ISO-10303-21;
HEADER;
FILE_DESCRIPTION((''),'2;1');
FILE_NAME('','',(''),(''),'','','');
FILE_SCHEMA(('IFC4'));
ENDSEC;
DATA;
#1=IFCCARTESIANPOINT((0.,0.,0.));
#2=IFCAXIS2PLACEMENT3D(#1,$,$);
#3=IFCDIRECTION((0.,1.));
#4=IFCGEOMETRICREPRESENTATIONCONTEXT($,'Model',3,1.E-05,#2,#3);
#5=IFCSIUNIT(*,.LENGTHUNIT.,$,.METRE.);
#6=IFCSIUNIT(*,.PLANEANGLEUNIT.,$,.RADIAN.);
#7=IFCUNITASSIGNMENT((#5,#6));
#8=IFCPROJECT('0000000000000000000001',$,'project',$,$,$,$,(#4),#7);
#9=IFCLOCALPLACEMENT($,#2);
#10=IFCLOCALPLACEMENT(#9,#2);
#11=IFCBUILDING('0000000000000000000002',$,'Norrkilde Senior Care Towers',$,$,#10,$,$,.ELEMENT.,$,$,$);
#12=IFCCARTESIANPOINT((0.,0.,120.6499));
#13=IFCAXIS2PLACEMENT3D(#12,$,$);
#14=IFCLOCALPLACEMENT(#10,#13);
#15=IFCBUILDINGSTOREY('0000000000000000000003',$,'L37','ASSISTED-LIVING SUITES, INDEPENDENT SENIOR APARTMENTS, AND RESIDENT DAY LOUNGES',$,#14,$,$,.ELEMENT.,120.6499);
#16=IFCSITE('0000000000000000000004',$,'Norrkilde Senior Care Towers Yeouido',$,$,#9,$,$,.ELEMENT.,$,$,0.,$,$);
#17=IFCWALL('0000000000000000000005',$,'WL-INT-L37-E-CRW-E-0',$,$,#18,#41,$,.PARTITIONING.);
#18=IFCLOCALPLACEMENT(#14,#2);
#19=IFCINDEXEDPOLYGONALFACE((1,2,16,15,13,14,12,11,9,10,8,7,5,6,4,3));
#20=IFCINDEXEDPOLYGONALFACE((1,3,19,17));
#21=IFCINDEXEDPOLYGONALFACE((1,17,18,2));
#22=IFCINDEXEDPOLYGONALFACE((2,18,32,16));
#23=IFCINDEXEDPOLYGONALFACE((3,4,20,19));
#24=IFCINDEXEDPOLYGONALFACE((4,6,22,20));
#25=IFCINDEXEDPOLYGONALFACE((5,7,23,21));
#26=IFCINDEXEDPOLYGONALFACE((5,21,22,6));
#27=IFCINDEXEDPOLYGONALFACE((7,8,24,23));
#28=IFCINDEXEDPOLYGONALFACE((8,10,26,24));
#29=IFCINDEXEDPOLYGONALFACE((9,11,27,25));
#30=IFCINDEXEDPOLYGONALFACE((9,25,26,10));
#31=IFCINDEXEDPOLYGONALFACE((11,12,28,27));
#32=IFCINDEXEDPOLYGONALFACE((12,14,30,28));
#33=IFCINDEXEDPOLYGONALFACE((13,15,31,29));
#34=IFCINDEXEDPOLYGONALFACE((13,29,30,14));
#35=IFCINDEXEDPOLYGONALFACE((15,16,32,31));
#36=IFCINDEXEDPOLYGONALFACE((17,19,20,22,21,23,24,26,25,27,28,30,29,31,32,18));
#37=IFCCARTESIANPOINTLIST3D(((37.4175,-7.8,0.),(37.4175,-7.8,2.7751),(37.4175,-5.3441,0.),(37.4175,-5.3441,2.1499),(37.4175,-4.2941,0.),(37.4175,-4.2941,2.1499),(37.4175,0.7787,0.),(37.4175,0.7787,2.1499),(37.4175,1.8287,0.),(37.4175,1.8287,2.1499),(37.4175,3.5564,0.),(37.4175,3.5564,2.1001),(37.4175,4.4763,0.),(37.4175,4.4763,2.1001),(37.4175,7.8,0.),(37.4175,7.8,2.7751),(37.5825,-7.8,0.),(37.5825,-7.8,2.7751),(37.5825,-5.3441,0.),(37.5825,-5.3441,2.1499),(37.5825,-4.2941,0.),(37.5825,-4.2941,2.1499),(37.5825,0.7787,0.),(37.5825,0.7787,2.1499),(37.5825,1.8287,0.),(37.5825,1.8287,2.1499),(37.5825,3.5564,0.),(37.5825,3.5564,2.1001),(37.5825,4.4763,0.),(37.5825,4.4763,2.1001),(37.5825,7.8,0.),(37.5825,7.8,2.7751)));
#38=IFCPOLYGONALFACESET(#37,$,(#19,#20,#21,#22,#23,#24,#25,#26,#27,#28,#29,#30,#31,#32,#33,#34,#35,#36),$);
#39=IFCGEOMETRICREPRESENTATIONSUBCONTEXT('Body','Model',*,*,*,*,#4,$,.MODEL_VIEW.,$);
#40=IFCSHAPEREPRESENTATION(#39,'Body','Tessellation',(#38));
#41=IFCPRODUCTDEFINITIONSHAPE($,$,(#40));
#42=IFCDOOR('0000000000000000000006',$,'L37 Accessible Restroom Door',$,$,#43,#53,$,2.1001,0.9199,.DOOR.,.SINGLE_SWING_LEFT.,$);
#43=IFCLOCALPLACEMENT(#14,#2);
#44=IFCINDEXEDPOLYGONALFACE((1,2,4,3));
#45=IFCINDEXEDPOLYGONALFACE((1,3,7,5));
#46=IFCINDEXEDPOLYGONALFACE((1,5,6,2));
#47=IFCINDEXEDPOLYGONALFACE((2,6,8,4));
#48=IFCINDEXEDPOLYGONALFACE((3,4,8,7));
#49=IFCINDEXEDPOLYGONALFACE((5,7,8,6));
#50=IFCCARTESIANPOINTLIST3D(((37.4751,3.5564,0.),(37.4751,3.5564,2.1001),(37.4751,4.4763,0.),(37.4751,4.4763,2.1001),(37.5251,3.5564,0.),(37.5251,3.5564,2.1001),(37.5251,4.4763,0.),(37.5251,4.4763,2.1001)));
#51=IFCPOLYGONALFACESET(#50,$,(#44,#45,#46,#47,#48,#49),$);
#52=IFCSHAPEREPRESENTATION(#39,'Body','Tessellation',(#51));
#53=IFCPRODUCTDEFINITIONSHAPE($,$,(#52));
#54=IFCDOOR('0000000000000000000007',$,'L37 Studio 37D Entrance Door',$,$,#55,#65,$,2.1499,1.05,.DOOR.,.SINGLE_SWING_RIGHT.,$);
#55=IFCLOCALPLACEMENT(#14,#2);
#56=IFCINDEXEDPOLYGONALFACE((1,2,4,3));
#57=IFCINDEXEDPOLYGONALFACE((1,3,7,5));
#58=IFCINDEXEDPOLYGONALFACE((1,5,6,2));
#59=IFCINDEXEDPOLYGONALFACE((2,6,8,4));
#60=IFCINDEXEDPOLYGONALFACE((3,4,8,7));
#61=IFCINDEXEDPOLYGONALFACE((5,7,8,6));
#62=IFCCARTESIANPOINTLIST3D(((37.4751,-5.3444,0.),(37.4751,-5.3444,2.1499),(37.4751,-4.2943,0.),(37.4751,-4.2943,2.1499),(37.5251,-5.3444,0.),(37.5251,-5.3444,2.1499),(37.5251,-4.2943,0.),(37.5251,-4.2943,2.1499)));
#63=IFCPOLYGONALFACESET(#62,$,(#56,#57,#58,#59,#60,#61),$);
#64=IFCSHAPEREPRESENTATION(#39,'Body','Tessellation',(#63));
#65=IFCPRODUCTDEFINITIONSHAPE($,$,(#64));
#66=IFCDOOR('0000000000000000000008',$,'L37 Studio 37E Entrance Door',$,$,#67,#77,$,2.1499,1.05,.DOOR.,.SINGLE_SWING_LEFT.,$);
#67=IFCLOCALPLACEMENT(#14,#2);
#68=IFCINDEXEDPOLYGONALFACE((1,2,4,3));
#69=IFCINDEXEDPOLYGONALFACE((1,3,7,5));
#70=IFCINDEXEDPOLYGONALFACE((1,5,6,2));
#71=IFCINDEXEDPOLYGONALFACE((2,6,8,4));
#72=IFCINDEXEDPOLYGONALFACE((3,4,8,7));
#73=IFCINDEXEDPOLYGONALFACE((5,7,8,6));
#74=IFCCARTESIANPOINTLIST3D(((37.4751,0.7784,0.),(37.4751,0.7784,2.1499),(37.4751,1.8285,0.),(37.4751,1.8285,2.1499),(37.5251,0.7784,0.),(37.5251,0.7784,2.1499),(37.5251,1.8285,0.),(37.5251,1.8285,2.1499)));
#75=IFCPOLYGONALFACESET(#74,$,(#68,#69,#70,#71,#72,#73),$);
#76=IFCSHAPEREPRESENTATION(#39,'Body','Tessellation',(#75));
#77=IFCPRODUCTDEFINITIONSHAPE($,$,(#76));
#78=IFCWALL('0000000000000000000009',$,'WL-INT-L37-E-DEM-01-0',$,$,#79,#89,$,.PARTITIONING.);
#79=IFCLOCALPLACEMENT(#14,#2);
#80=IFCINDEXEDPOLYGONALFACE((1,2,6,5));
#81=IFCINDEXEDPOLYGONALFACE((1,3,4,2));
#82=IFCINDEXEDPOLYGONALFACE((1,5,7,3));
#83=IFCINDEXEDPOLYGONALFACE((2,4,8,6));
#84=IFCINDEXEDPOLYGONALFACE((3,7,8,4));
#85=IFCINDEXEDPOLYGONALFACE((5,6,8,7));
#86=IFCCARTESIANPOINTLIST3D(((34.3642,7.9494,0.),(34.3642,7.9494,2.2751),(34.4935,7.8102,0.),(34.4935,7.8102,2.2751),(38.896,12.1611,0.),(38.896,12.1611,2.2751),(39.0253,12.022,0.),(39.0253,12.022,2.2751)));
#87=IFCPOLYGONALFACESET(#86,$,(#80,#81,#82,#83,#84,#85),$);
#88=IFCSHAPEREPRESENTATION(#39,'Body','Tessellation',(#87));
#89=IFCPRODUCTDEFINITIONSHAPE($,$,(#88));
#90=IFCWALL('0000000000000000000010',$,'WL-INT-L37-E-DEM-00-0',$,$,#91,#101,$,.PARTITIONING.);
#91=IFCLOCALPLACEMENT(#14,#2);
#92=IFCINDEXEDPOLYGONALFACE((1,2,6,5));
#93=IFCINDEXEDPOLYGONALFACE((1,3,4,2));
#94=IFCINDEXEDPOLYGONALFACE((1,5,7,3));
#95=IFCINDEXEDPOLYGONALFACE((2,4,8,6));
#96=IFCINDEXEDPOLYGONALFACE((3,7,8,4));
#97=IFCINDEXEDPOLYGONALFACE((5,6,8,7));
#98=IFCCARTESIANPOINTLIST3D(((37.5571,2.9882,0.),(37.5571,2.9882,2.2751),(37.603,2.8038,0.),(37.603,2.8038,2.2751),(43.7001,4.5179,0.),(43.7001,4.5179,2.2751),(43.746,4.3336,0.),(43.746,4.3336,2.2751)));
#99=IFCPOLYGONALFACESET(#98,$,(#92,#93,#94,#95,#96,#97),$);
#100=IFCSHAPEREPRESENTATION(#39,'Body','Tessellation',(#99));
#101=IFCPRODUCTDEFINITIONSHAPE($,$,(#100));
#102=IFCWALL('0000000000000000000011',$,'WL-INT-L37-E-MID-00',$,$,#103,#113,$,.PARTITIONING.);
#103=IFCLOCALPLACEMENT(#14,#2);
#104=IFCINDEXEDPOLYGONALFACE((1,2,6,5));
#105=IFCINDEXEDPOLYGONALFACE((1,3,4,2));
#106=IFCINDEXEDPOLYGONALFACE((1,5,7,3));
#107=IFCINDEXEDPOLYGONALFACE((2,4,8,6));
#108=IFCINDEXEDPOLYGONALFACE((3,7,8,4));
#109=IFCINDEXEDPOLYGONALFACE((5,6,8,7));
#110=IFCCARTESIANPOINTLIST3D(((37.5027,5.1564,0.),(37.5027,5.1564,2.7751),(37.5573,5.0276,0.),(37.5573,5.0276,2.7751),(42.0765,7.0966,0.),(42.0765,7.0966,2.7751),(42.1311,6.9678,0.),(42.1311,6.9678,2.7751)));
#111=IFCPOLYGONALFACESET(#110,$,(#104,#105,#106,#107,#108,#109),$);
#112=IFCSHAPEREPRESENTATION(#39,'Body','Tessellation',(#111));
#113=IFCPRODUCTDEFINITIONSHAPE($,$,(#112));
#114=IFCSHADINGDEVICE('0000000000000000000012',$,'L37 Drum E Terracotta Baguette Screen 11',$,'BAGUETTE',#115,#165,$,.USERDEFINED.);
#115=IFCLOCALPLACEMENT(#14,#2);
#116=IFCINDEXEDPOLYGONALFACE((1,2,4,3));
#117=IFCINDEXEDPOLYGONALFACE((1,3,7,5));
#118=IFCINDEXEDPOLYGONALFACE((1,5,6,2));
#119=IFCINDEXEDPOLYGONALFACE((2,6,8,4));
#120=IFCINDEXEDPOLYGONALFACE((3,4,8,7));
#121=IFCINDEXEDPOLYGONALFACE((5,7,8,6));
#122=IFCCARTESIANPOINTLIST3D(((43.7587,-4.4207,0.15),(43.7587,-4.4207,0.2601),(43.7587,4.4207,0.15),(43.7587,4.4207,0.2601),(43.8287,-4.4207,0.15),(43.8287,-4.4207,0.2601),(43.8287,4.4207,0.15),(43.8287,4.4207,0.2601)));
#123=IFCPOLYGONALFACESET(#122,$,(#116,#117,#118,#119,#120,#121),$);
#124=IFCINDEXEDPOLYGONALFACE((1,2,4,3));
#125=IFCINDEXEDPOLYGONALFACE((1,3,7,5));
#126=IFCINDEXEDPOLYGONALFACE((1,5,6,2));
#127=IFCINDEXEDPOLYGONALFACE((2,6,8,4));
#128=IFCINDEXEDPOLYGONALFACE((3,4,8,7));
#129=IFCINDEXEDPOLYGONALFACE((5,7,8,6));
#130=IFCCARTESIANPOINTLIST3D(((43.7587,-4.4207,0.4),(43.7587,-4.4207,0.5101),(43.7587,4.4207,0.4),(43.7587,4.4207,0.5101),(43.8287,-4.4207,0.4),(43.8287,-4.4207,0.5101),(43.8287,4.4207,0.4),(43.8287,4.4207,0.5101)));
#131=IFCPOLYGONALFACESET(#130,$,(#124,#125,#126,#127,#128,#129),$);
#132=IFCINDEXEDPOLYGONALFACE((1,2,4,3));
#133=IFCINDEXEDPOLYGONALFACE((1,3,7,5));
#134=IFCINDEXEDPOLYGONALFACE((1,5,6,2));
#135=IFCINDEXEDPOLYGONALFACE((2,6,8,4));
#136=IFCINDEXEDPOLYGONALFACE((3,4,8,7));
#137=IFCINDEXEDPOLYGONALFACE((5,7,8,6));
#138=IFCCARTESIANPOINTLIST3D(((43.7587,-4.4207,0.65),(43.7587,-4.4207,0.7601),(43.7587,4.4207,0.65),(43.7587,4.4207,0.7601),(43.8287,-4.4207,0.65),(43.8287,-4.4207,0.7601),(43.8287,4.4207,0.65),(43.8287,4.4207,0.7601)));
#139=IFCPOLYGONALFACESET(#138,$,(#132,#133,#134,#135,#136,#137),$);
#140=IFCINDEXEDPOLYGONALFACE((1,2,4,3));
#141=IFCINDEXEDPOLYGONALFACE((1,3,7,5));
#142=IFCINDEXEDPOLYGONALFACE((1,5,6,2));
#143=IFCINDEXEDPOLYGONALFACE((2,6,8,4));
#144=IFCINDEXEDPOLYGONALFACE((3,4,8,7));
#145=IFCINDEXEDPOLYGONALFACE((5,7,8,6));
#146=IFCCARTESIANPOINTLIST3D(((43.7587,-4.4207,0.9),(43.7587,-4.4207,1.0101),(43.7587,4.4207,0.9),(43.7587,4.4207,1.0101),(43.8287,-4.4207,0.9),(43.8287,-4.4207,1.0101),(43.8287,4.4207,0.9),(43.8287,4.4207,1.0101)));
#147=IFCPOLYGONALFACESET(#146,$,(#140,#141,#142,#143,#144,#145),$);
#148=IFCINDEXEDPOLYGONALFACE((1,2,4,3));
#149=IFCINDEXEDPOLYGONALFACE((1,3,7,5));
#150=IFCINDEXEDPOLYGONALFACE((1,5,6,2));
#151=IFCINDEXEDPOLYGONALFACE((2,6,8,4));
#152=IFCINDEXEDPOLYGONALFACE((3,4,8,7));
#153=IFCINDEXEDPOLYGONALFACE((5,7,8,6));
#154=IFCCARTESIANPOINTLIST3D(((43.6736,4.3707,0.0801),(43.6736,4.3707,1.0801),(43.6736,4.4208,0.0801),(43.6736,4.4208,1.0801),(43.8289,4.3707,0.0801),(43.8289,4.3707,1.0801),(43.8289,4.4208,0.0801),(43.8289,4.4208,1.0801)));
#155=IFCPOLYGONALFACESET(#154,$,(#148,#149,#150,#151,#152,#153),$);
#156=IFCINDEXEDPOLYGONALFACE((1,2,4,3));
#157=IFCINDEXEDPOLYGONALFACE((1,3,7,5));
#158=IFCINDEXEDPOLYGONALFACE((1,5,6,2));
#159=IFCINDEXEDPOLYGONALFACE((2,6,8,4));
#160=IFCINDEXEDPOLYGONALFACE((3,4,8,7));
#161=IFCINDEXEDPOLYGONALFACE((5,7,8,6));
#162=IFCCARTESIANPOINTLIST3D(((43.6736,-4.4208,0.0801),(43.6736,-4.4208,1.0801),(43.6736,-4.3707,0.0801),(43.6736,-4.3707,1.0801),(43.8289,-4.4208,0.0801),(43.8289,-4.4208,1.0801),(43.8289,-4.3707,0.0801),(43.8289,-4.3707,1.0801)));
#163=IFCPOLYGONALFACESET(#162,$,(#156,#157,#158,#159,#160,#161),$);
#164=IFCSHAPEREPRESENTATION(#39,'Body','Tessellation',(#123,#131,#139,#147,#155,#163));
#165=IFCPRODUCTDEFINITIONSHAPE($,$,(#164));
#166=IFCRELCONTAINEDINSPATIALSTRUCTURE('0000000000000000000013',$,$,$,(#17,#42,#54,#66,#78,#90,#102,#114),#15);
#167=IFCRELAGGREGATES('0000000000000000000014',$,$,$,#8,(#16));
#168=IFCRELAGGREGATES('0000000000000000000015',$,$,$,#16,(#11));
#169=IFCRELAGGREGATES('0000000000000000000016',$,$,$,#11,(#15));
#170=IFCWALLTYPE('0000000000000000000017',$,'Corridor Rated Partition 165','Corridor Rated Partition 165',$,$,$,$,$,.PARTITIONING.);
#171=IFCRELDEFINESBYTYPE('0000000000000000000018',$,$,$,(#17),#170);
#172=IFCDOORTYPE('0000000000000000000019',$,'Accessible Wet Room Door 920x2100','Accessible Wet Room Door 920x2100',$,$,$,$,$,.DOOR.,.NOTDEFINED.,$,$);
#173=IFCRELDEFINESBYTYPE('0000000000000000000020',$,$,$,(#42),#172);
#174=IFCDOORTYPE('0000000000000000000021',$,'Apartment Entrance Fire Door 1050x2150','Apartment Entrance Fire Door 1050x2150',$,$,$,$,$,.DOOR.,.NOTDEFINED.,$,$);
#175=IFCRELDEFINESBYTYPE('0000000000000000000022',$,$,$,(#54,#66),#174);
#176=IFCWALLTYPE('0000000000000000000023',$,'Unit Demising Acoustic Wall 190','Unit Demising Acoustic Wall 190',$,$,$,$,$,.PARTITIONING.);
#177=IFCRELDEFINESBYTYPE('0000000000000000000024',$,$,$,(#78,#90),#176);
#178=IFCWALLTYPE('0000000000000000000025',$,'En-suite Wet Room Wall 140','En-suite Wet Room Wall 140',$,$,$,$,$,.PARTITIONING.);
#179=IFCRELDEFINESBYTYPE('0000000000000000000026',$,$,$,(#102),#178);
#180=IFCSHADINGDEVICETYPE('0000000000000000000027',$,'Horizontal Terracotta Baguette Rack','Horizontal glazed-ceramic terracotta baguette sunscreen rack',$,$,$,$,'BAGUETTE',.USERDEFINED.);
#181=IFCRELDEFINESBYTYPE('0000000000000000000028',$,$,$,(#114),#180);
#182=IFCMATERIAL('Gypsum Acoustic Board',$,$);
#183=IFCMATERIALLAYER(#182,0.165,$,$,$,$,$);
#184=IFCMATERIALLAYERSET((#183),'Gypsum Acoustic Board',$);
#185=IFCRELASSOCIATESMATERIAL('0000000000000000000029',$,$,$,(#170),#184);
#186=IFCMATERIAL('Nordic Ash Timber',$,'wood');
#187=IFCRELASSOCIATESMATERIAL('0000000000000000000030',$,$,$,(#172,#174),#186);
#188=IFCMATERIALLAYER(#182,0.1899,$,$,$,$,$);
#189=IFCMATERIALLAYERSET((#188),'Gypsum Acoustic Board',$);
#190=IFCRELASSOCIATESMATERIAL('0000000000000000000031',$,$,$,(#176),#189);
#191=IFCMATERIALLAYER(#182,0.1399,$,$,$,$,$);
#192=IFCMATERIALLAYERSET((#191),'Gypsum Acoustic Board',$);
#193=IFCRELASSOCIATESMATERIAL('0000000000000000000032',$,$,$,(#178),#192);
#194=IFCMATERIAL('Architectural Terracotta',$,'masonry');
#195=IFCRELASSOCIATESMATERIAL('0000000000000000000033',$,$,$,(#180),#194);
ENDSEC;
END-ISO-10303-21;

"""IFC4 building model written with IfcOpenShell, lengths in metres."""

from ifc_helpers import new_model, si_unit, direction, frame, frame_2d, origin, origin_2d, place, context, subcontext, project, spatial, rectangle, extrude, source, transform, mapped, material, layer, layer_set, type_object, type_shapes, element, fill, save


model = new_model("IFC4")

# Units and contexts
model_context = context("Model", 3, precision=1e-05, world=origin(), true_north=direction((0.0, 1.0)))
body_context = subcontext(model_context, "Body", "Model", "MODEL_VIEW")
ifc_project = project(units=[si_unit("LENGTHUNIT", "METRE"), si_unit("PLANEANGLEUNIT", "RADIAN")], contexts=[model_context])

# Site, building, storey
site_placement = place(None, origin())
site = spatial("IfcSite", under=ifc_project, at=site_placement, Name="Norrkilde Senior Care Towers Yeouido", CompositionType="ELEMENT", RefElevation=0.0)
building_placement = place(site_placement, origin())
building = spatial("IfcBuilding", under=site, at=building_placement, Name="Norrkilde Senior Care Towers", CompositionType="ELEMENT")
storey_placement = place(building_placement, frame((0.0, 0.0, 120.6499)))
storey = spatial("IfcBuildingStorey", under=building, at=storey_placement, Name="L37", Description="ASSISTED-LIVING SUITES, INDEPENDENT SENIOR APARTMENTS, AND RESIDENT DAY LOUNGES", CompositionType="ELEMENT", Elevation=120.6499)

# Wall, openings, doors
ifc_material_1 = material(Name="Gypsum Acoustic Board")
ifc_layer_1 = layer(ifc_material_1, 0.165)
ifc_layer_set_1 = layer_set([ifc_layer_1], Name="Gypsum Acoustic Board")
wall_type_1 = type_object("IfcWallType", Name="Corridor Rated Partition 165", Description="Corridor Rated Partition 165", PredefinedType="PARTITIONING", material=ifc_layer_set_1)
shared_shape_1 = source(origin(), body_context, "Body", "SweptSolid", [
    extrude(rectangle(XDim=15.6001, YDim=0.165, at=frame_2d((7.8, 0.0))), origin(), (0.0, 0.0, 1.0), 2.7751),
])
type_shapes(wall_type_1, [shared_shape_1])
wall_1_placement = place(storey_placement, frame((37.5, 7.8, 0.0), z_axis=(0.0, 0.0, 1.0), x_axis=(0.0, -1.0, 0.0)))
wall_1 = element("IfcWall", 1, at=wall_1_placement, inside=storey, type_object=wall_type_1, Name="WL-INT-L37-E-CRW-E-0", PredefinedType="PARTITIONING", context=body_context, shape_type="MappedRepresentation", body=[
    mapped(shared_shape_1, transform((0.0, 0.0, 0.0), x_axis=(1.0, 0.0, 0.0), y_axis=(0.0, 1.0, 0.0), z_axis=(0.0, 0.0, 1.0), scale=1.0)),
])
opening_1_placement = place(wall_1_placement, frame((12.0942, 0.0, 0.0)))
opening_1 = element("IfcOpeningElement", 2, at=opening_1_placement, cuts=wall_1, PredefinedType="OPENING", context=body_context, shape_type="SweptSolid", body=[
    extrude(rectangle(XDim=1.05, YDim=2.1499, at=frame_2d((0.5249, 1.075))), frame((0.0, 0.0925, 0.0), z_axis=(0.0, -1.0, 0.0), x_axis=(1.0, 0.0, 0.0)), (0.0, 0.0, 1.0), 0.1851),
])
opening_2_placement = place(wall_1_placement, frame((5.9714, 0.0, 0.0)))
opening_2 = element("IfcOpeningElement", 3, at=opening_2_placement, cuts=wall_1, PredefinedType="OPENING", context=body_context, shape_type="SweptSolid", body=[
    extrude(rectangle(XDim=1.05, YDim=2.1499, at=frame_2d((0.5249, 1.075))), frame((0.0, 0.0925, 0.0), z_axis=(0.0, -1.0, 0.0), x_axis=(1.0, 0.0, 0.0)), (0.0, 0.0, 1.0), 0.1851),
])
opening_3_placement = place(wall_1_placement, frame((3.3237, 0.0, 0.0)))
opening_3 = element("IfcOpeningElement", 4, at=opening_3_placement, cuts=wall_1, PredefinedType="OPENING", context=body_context, shape_type="SweptSolid", body=[
    extrude(rectangle(XDim=0.9199, YDim=2.1001, at=frame_2d((0.46, 1.05))), frame((0.0, 0.0925, 0.0), z_axis=(0.0, -1.0, 0.0), x_axis=(1.0, 0.0, 0.0)), (0.0, 0.0, 1.0), 0.1851),
])
ifc_material_2 = material(Name="Nordic Ash Timber", Category="wood")
door_type_1 = type_object("IfcDoorType", Name="Accessible Wet Room Door 920x2100", Description="Accessible Wet Room Door 920x2100", OperationType="NOTDEFINED", PredefinedType="DOOR", material=ifc_material_2)
shared_shape_2 = source(origin(), body_context, "Body", "SweptSolid", [
    extrude(rectangle(XDim=0.9199, YDim=2.1001, at=frame_2d((0.46, 1.05))), frame((0.0, 0.0249, 0.0), z_axis=(0.0, -1.0, 0.0), x_axis=(1.0, 0.0, 0.0)), (0.0, 0.0, 1.0), 0.05),
])
type_shapes(door_type_1, [shared_shape_2])
door_1_placement = place(opening_3_placement, frame((0.9199, 0.0, 0.0), z_axis=(0.0, 0.0, 1.0), x_axis=(-1.0, 0.0, 0.0)))
door_1 = element("IfcDoor", 5, at=door_1_placement, inside=storey, type_object=door_type_1, Name="L37 Accessible Restroom Door", OperationType="SINGLE_SWING_LEFT", OverallHeight=2.1001, OverallWidth=0.9199, PredefinedType="DOOR", context=body_context, shape_type="MappedRepresentation", body=[
    mapped(shared_shape_2, transform((0.0, 0.0, 0.0), x_axis=(1.0, 0.0, 0.0), y_axis=(0.0, 1.0, 0.0), z_axis=(0.0, 0.0, 1.0), scale=1.0)),
])
fill(opening_3, door_1)
door_type_2 = type_object("IfcDoorType", Name="Apartment Entrance Fire Door 1050x2150", Description="Apartment Entrance Fire Door 1050x2150", OperationType="NOTDEFINED", PredefinedType="DOOR", material=ifc_material_2)
shared_shape_3 = source(origin(), body_context, "Body", "SweptSolid", [
    extrude(rectangle(XDim=1.05, YDim=2.1499, at=frame_2d((0.5249, 1.075))), frame((0.0, 0.0249, 0.0), z_axis=(0.0, -1.0, 0.0), x_axis=(1.0, 0.0, 0.0)), (0.0, 0.0, 1.0), 0.05),
])
type_shapes(door_type_2, [shared_shape_3])
door_2_placement = place(opening_1_placement, frame((1.05, 0.0, 0.0), z_axis=(0.0, 0.0, 1.0), x_axis=(-1.0, 0.0, 0.0)))
door_2 = element("IfcDoor", 6, at=door_2_placement, inside=storey, type_object=door_type_2, Name="L37 Studio 37D Entrance Door", OperationType="SINGLE_SWING_RIGHT", OverallHeight=2.1499, OverallWidth=1.05, PredefinedType="DOOR", context=body_context, shape_type="MappedRepresentation", body=[
    mapped(shared_shape_3, transform((0.0, 0.0, 0.0), x_axis=(1.0, 0.0, 0.0), y_axis=(0.0, 1.0, 0.0), z_axis=(0.0, 0.0, 1.0), scale=1.0)),
])
fill(opening_1, door_2)
door_3_placement = place(opening_2_placement, frame((1.05, 0.0, 0.0), z_axis=(0.0, 0.0, 1.0), x_axis=(-1.0, 0.0, 0.0)))
door_3 = element("IfcDoor", 7, at=door_3_placement, inside=storey, type_object=door_type_2, Name="L37 Studio 37E Entrance Door", OperationType="SINGLE_SWING_LEFT", OverallHeight=2.1499, OverallWidth=1.05, PredefinedType="DOOR", context=body_context, shape_type="MappedRepresentation", body=[
    mapped(shared_shape_3, transform((0.0, 0.0, 0.0), x_axis=(1.0, 0.0, 0.0), y_axis=(0.0, 1.0, 0.0), z_axis=(0.0, 0.0, 1.0), scale=1.0)),
])
fill(opening_2, door_3)

# Walls
ifc_layer_2 = layer(ifc_material_1, 0.1899)
ifc_layer_set_2 = layer_set([ifc_layer_2], Name="Gypsum Acoustic Board")
wall_type_2 = type_object("IfcWallType", Name="Unit Demising Acoustic Wall 190", Description="Unit Demising Acoustic Wall 190", PredefinedType="PARTITIONING", material=ifc_layer_set_2)
shared_shape_4 = source(origin(), body_context, "Body", "SweptSolid", [
    extrude(rectangle(XDim=6.1868, YDim=0.1899, at=frame_2d((3.0933, 0.0))), origin(), (0.0, 0.0, 1.0), 2.2751),
])
wall_2_placement = place(storey_placement, frame((34.429, 7.8799, 0.0), z_axis=(0.0, 0.0, 1.0), x_axis=(0.732501, 0.680766, 0.0)))
element("IfcWall", 8, at=wall_2_placement, inside=storey, type_object=wall_type_2, Name="WL-INT-L37-E-DEM-01-0", PredefinedType="PARTITIONING", context=body_context, shape_type="MappedRepresentation", body=[
    mapped(shared_shape_4, transform((0.0, 0.0, 0.0), x_axis=(1.0, 0.0, 0.0), y_axis=(0.0, 1.0, 0.0), z_axis=(0.0, 0.0, 1.0), scale=1.0)),
])
shared_shape_5 = source(origin(), body_context, "Body", "SweptSolid", [
    extrude(rectangle(XDim=6.3306, YDim=0.1899, at=frame_2d((3.1653, 0.0))), origin(), (0.0, 0.0, 1.0), 2.2751),
])
type_shapes(wall_type_2, [shared_shape_4, shared_shape_5])
wall_3_placement = place(storey_placement, frame((37.5801, 2.896, 0.0), z_axis=(0.0, 0.0, 1.0), x_axis=(0.970364, 0.241646, 0.0)))
element("IfcWall", 9, at=wall_3_placement, inside=storey, type_object=wall_type_2, Name="WL-INT-L37-E-DEM-00-0", PredefinedType="PARTITIONING", context=body_context, shape_type="MappedRepresentation", body=[
    mapped(shared_shape_5, transform((0.0, 0.0, 0.0), x_axis=(1.0, 0.0, 0.0), y_axis=(0.0, 1.0, 0.0), z_axis=(0.0, 0.0, 1.0), scale=1.0)),
])
ifc_layer_3 = layer(ifc_material_1, 0.1399)
ifc_layer_set_3 = layer_set([ifc_layer_3], Name="Gypsum Acoustic Board")
wall_type_3 = type_object("IfcWallType", Name="En-suite Wet Room Wall 140", Description="En-suite Wet Room Wall 140", PredefinedType="PARTITIONING", material=ifc_layer_set_3)
shared_shape_6 = source(origin(), body_context, "Body", "SweptSolid", [
    extrude(rectangle(XDim=4.9683, YDim=0.1399, at=frame_2d((2.4841, 0.0))), origin(), (0.0, 0.0, 1.0), 2.7751),
])
type_shapes(wall_type_3, [shared_shape_6])
wall_4_placement = place(storey_placement, frame((37.53, 5.092, 0.0), z_axis=(0.0, 0.0, 1.0), x_axis=(0.920595, 0.390518, 0.0)))
element("IfcWall", 10, at=wall_4_placement, inside=storey, type_object=wall_type_3, Name="WL-INT-L37-E-MID-00", PredefinedType="PARTITIONING", context=body_context, shape_type="MappedRepresentation", body=[
    mapped(shared_shape_6, transform((0.0, 0.0, 0.0), x_axis=(1.0, 0.0, 0.0), y_axis=(0.0, 1.0, 0.0), z_axis=(0.0, 0.0, 1.0), scale=1.0)),
])

# Shading device
ifc_material_3 = material(Name="Architectural Terracotta", Category="masonry")
shading_device_type = type_object("IfcShadingDeviceType", Name="Horizontal Terracotta Baguette Rack", Description="Horizontal glazed-ceramic terracotta baguette sunscreen rack", ElementType="BAGUETTE", PredefinedType="USERDEFINED", material=ifc_material_3)
shared_shape_7 = source(origin(), body_context, "Body", "SweptSolid", [
    extrude(rectangle(XDim=0.0701, YDim=0.1101, at=origin_2d()), frame((0.0, 0.0901, 0.125), z_axis=(1.0, 0.0, 0.0), x_axis=(0.0, 1.0, 0.0)), (0.0, 0.0, 1.0), 8.8413),
    extrude(rectangle(XDim=0.0701, YDim=0.1101, at=origin_2d()), frame((0.0, 0.0901, 0.375), z_axis=(1.0, 0.0, 0.0), x_axis=(0.0, 1.0, 0.0)), (0.0, 0.0, 1.0), 8.8413),
    extrude(rectangle(XDim=0.0701, YDim=0.1101, at=origin_2d()), frame((0.0, 0.0901, 0.625), z_axis=(1.0, 0.0, 0.0), x_axis=(0.0, 1.0, 0.0)), (0.0, 0.0, 1.0), 8.8413),
    extrude(rectangle(XDim=0.0701, YDim=0.1101, at=origin_2d()), frame((0.0, 0.0901, 0.875), z_axis=(1.0, 0.0, 0.0), x_axis=(0.0, 1.0, 0.0)), (0.0, 0.0, 1.0), 8.8413),
    extrude(rectangle(XDim=0.05, YDim=0.1553, at=origin_2d()), frame((0.0249, 0.0476, 0.0)), (0.0, 0.0, 1.0), 1.0),
    extrude(rectangle(XDim=0.05, YDim=0.1553, at=origin_2d()), frame((8.8164, 0.0476, 0.0)), (0.0, 0.0, 1.0), 1.0),
])
type_shapes(shading_device_type, [shared_shape_7])
shading_device_placement = place(storey_placement, frame((43.7036, 4.4207, 0.0801), z_axis=(0.0, 0.0, 1.0), x_axis=(0.0, -1.0, 0.0)))
element("IfcShadingDevice", 11, at=shading_device_placement, inside=storey, type_object=shading_device_type, Name="L37 Drum E Terracotta Baguette Screen 11", ObjectType="BAGUETTE", PredefinedType="USERDEFINED", context=body_context, shape_type="MappedRepresentation", body=[
    mapped(shared_shape_7, transform((0.0, 0.0, 0.0), x_axis=(1.0, 0.0, 0.0), y_axis=(0.0, 1.0, 0.0), z_axis=(0.0, 0.0, 1.0), scale=1.0)),
])

save(model, "model.ifc")
